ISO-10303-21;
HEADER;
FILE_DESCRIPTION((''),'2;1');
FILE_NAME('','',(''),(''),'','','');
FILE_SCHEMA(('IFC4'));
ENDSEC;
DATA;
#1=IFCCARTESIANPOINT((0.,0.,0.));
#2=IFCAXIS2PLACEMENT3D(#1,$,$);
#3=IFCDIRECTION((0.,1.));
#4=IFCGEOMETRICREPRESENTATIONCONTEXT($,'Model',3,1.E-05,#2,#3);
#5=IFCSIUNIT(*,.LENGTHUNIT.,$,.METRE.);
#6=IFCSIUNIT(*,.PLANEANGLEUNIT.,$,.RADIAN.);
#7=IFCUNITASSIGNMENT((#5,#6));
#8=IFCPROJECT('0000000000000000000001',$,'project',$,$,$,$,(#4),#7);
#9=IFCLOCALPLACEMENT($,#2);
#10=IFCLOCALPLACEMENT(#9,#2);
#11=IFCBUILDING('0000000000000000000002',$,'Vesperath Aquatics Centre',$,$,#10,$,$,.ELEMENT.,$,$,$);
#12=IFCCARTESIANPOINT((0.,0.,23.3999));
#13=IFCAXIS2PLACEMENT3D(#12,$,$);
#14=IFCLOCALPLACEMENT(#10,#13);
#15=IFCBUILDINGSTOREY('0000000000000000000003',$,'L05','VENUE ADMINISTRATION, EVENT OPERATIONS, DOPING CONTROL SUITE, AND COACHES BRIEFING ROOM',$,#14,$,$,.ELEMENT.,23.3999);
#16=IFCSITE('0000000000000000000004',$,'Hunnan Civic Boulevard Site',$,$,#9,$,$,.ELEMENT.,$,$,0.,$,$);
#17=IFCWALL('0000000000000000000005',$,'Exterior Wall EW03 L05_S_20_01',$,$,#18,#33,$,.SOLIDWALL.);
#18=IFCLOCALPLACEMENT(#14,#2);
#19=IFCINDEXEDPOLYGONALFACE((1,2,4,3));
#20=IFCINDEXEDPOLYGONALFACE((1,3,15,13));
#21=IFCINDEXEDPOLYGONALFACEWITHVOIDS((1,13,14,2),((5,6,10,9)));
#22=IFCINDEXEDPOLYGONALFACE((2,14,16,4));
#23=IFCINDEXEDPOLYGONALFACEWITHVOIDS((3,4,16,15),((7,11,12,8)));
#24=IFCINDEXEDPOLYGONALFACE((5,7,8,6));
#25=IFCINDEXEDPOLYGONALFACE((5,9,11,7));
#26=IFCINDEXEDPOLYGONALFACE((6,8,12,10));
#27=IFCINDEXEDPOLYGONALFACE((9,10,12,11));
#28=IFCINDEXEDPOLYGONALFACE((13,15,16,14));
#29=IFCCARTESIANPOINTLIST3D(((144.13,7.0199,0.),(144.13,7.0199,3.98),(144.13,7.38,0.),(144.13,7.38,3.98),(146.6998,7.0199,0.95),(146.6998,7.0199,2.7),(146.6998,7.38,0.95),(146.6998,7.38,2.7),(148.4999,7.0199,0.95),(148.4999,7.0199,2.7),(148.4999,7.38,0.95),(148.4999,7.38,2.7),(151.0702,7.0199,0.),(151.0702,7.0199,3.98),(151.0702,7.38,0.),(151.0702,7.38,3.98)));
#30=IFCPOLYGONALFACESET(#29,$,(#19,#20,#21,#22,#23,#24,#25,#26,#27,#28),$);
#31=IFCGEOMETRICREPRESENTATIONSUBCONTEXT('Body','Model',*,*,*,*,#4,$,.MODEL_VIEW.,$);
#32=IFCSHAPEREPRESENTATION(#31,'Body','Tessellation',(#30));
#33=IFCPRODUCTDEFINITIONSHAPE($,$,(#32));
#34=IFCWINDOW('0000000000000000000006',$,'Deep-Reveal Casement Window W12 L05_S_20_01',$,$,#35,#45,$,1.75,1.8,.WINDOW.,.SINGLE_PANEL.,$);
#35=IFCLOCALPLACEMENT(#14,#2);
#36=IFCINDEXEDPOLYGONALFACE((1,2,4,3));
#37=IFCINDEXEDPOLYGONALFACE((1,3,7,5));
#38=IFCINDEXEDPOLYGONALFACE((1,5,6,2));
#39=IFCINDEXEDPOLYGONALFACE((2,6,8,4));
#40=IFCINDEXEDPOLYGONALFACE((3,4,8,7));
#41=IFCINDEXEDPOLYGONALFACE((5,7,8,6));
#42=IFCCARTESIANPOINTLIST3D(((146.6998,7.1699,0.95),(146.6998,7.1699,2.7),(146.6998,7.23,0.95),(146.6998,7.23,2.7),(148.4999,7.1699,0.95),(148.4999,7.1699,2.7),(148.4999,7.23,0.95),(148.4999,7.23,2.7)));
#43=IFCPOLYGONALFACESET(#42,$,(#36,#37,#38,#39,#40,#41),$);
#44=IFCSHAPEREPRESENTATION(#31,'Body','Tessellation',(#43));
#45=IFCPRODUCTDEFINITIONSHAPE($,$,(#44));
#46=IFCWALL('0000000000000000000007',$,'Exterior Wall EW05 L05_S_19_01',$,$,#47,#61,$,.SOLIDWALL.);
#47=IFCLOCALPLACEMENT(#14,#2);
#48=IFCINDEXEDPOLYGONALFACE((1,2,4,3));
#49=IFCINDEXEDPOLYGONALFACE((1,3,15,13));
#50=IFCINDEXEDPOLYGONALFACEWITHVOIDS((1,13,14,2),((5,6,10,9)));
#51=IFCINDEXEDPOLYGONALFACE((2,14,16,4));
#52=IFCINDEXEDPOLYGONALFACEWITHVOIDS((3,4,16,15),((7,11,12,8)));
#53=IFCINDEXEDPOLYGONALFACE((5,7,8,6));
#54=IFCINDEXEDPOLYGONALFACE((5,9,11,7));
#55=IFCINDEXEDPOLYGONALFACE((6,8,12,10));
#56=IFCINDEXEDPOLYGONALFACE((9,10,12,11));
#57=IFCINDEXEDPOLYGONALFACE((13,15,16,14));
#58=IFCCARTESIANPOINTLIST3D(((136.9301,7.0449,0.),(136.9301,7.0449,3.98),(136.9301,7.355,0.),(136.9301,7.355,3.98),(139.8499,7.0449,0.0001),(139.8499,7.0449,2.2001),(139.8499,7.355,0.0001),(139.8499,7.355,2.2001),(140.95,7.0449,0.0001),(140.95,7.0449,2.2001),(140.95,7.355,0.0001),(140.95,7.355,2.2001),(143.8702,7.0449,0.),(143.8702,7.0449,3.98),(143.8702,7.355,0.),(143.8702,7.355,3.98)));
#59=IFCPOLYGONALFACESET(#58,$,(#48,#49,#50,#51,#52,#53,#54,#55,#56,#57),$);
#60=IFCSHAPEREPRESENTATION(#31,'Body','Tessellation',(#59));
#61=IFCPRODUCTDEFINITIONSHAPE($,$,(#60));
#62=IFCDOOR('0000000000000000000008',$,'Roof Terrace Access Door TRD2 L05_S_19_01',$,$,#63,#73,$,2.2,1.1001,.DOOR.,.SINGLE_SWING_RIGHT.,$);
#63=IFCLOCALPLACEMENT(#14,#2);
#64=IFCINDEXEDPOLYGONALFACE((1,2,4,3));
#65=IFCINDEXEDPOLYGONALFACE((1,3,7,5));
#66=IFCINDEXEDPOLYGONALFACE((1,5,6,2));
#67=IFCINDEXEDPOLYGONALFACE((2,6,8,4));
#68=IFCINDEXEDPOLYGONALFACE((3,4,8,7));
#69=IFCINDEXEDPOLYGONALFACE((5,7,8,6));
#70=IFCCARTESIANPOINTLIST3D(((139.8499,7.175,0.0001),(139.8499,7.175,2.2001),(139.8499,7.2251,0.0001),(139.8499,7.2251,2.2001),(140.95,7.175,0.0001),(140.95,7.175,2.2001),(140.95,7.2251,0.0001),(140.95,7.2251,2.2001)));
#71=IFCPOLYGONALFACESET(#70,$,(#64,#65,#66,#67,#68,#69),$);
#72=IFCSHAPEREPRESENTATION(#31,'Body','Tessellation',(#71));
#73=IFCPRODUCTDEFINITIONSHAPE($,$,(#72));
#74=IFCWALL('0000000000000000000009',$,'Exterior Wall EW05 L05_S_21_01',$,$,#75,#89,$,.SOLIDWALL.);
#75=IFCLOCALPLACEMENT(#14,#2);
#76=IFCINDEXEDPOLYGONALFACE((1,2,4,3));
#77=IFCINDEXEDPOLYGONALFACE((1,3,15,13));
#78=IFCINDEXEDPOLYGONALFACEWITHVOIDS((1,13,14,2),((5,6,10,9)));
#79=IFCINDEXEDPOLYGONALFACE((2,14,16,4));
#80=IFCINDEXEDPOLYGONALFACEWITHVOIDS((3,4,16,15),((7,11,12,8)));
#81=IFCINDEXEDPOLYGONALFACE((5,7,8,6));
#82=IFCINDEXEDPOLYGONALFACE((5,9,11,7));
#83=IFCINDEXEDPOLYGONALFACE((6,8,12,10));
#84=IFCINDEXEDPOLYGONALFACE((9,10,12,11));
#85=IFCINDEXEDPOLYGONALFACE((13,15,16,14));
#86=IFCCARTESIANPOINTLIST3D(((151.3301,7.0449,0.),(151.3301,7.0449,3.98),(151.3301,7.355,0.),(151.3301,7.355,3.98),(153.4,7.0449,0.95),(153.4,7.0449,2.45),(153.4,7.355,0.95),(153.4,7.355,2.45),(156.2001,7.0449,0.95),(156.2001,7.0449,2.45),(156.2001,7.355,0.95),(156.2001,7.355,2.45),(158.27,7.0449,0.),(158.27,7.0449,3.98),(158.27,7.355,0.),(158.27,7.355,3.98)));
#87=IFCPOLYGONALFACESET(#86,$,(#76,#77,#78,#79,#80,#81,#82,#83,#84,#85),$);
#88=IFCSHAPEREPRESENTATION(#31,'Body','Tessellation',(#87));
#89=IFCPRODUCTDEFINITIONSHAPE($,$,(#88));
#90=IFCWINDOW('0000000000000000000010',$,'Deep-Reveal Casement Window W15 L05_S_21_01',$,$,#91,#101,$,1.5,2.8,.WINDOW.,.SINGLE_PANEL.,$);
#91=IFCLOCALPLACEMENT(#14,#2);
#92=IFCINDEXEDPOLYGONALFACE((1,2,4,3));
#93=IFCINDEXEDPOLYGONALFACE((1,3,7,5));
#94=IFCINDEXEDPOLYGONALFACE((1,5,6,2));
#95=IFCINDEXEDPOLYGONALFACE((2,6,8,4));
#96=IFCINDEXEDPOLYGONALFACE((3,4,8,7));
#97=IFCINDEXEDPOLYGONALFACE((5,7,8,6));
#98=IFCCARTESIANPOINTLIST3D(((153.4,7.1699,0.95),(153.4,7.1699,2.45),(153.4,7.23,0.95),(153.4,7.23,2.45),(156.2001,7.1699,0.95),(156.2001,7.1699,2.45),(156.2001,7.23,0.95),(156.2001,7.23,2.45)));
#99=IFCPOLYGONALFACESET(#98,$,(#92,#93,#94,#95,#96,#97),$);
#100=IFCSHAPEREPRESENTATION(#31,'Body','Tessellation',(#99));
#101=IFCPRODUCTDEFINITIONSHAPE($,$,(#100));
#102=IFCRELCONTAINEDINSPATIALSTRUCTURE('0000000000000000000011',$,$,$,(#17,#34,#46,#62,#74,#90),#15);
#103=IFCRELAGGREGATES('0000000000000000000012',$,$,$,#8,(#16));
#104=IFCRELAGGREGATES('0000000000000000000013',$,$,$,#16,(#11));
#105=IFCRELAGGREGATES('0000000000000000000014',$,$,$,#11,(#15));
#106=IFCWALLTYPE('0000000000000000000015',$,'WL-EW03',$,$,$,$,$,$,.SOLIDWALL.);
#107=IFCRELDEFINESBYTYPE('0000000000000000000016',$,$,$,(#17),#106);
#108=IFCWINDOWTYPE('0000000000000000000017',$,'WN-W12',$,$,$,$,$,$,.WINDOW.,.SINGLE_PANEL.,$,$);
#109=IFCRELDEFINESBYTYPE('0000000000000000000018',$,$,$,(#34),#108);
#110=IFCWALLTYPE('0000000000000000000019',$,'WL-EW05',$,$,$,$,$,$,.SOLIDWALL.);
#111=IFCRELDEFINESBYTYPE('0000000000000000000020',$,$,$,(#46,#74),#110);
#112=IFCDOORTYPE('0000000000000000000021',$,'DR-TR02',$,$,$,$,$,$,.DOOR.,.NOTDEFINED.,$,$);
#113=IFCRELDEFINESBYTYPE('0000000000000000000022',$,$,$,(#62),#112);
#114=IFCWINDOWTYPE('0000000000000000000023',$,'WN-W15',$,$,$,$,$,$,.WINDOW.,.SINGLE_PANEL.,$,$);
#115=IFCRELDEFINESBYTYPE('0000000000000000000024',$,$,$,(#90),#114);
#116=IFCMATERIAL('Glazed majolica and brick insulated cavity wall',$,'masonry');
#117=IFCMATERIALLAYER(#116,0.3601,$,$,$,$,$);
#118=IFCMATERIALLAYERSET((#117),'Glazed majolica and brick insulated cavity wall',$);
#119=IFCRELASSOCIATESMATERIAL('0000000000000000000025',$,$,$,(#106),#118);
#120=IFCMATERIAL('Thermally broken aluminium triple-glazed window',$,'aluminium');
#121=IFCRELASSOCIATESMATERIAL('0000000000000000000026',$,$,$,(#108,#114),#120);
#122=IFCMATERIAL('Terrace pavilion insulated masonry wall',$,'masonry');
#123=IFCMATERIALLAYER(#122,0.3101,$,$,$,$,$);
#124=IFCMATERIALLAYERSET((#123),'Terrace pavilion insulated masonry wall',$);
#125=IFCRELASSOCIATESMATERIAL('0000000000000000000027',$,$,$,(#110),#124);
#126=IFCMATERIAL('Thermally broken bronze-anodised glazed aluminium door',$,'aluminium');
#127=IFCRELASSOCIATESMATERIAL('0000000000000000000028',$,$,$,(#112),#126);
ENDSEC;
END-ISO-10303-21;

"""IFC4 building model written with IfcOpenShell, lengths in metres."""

from ifc_helpers import new_model, si_unit, direction, frame, frame_2d, origin, place, context, subcontext, project, spatial, rectangle, extrude, material, layer, layer_set, type_object, element, fill, save


model = new_model("IFC4")

# Units and contexts
model_context = context("Model", 3, precision=1e-05, world=origin(), true_north=direction((0.0, 1.0)))
body_context = subcontext(model_context, "Body", "Model", "MODEL_VIEW")
ifc_project = project(units=[si_unit("LENGTHUNIT", "METRE"), si_unit("PLANEANGLEUNIT", "RADIAN")], contexts=[model_context])

# Site, building, storey
site_placement = place(None, origin())
site = spatial("IfcSite", under=ifc_project, at=site_placement, Name="Hunnan Civic Boulevard Site", CompositionType="ELEMENT", RefElevation=0.0)
building_placement = place(site_placement, origin())
building = spatial("IfcBuilding", under=site, at=building_placement, Name="Vesperath Aquatics Centre", CompositionType="ELEMENT")
storey_placement = place(building_placement, frame((0.0, 0.0, 23.3999)))
storey = spatial("IfcBuildingStorey", under=building, at=storey_placement, Name="L05", Description="VENUE ADMINISTRATION, EVENT OPERATIONS, DOPING CONTROL SUITE, AND COACHES BRIEFING ROOM", CompositionType="ELEMENT", Elevation=23.3999)

# Wall, opening, window
ifc_material_1 = material(Name="Glazed majolica and brick insulated cavity wall", Category="masonry")
ifc_layer_1 = layer(ifc_material_1, 0.3601)
ifc_layer_set_1 = layer_set([ifc_layer_1], Name="Glazed majolica and brick insulated cavity wall")
wall_type_1 = type_object("IfcWallType", Name="WL-EW03", PredefinedType="SOLIDWALL", material=ifc_layer_set_1)
wall_1_placement = place(storey_placement, frame((144.1299, 7.2, 0.0), z_axis=(0.0, 0.0, 1.0), x_axis=(1.0, 0.0, 0.0)))
wall_1 = element("IfcWall", 1, at=wall_1_placement, inside=storey, type_object=wall_type_1, Name="Exterior Wall EW03 L05_S_20_01", PredefinedType="SOLIDWALL", context=body_context, shape_type="SweptSolid", body=[
    extrude(rectangle(XDim=6.9402, YDim=0.3601, at=frame_2d((3.4702, 0.0))), origin(), (0.0, 0.0, 1.0), 3.98),
])
opening_1_placement = place(wall_1_placement, frame((2.5701, 0.0, 0.95)))
opening_1 = element("IfcOpeningElement", 2, at=opening_1_placement, cuts=wall_1, PredefinedType="OPENING", context=body_context, shape_type="SweptSolid", body=[
    extrude(rectangle(XDim=1.8, YDim=1.75, at=frame_2d((0.8999, 0.875))), frame((0.0, 0.1948, 0.0), z_axis=(0.0, -1.0, 0.0), x_axis=(1.0, 0.0, 0.0)), (0.0, 0.0, 1.0), 0.3899),
])
ifc_material_2 = material(Name="Thermally broken aluminium triple-glazed window", Category="aluminium")
window_type_1 = type_object("IfcWindowType", Name="WN-W12", PartitioningType="SINGLE_PANEL", PredefinedType="WINDOW", material=ifc_material_2)
window_1_placement = place(opening_1_placement, origin())
window_1 = element("IfcWindow", 3, at=window_1_placement, inside=storey, type_object=window_type_1, Name="Deep-Reveal Casement Window W12 L05_S_20_01", OverallHeight=1.75, OverallWidth=1.8, PartitioningType="SINGLE_PANEL", PredefinedType="WINDOW", context=body_context, shape_type="SweptSolid", body=[
    extrude(rectangle(XDim=1.8, YDim=1.75, at=frame_2d((0.8999, 0.875))), frame((0.0, 0.03, 0.0), z_axis=(0.0, -1.0, 0.0), x_axis=(1.0, 0.0, 0.0)), (0.0, 0.0, 1.0), 0.0601),
])
fill(opening_1, window_1)

# Wall, opening, door
ifc_material_3 = material(Name="Terrace pavilion insulated masonry wall", Category="masonry")
ifc_layer_2 = layer(ifc_material_3, 0.3101)
ifc_layer_set_2 = layer_set([ifc_layer_2], Name="Terrace pavilion insulated masonry wall")
wall_type_2 = type_object("IfcWallType", Name="WL-EW05", PredefinedType="SOLIDWALL", material=ifc_layer_set_2)
wall_2_placement = place(storey_placement, frame((136.9299, 7.2, 0.0), z_axis=(0.0, 0.0, 1.0), x_axis=(1.0, 0.0, 0.0)))
wall_2 = element("IfcWall", 4, at=wall_2_placement, inside=storey, type_object=wall_type_2, Name="Exterior Wall EW05 L05_S_19_01", PredefinedType="SOLIDWALL", context=body_context, shape_type="SweptSolid", body=[
    extrude(rectangle(XDim=6.9402, YDim=0.3101, at=frame_2d((3.4702, 0.0))), origin(), (0.0, 0.0, 1.0), 3.98),
])
opening_2_placement = place(wall_2_placement, frame((2.9199, 0.0, 0.0)))
opening_2 = element("IfcOpeningElement", 5, at=opening_2_placement, cuts=wall_2, PredefinedType="OPENING", context=body_context, shape_type="SweptSolid", body=[
    extrude(rectangle(XDim=1.1001, YDim=2.2, at=frame_2d((0.55, 1.1001))), frame((0.0, 0.1699, 0.0), z_axis=(0.0, -1.0, 0.0), x_axis=(1.0, 0.0, 0.0)), (0.0, 0.0, 1.0), 0.3398),
])
ifc_material_4 = material(Name="Thermally broken bronze-anodised glazed aluminium door", Category="aluminium")
door_type = type_object("IfcDoorType", Name="DR-TR02", OperationType="NOTDEFINED", PredefinedType="DOOR", material=ifc_material_4)
door_placement = place(opening_2_placement, frame((1.1001, 0.0, 0.0), z_axis=(0.0, 0.0, 1.0), x_axis=(-1.0, 0.0, 0.0)))
door = element("IfcDoor", 6, at=door_placement, inside=storey, type_object=door_type, Name="Roof Terrace Access Door TRD2 L05_S_19_01", OperationType="SINGLE_SWING_RIGHT", OverallHeight=2.2, OverallWidth=1.1001, PredefinedType="DOOR", context=body_context, shape_type="SweptSolid", body=[
    extrude(rectangle(XDim=1.1001, YDim=2.2, at=frame_2d((0.55, 1.1001))), frame((0.0, 0.0249, 0.0), z_axis=(0.0, -1.0, 0.0), x_axis=(1.0, 0.0, 0.0)), (0.0, 0.0, 1.0), 0.05),
])
fill(opening_2, door)

# Wall, opening, window
wall_3_placement = place(storey_placement, frame((151.3301, 7.2, 0.0), z_axis=(0.0, 0.0, 1.0), x_axis=(1.0, 0.0, 0.0)))
wall_3 = element("IfcWall", 7, at=wall_3_placement, inside=storey, type_object=wall_type_2, Name="Exterior Wall EW05 L05_S_21_01", PredefinedType="SOLIDWALL", context=body_context, shape_type="SweptSolid", body=[
    extrude(rectangle(XDim=6.9399, YDim=0.3101, at=frame_2d((3.47, 0.0))), origin(), (0.0, 0.0, 1.0), 3.98),
])
opening_3_placement = place(wall_3_placement, frame((2.0701, 0.0, 0.95)))
opening_3 = element("IfcOpeningElement", 8, at=opening_3_placement, cuts=wall_3, PredefinedType="OPENING", context=body_context, shape_type="SweptSolid", body=[
    extrude(rectangle(XDim=2.8, YDim=1.5, at=frame_2d((1.3999, 0.75))), frame((0.0, 0.1699, 0.0), z_axis=(0.0, -1.0, 0.0), x_axis=(1.0, 0.0, 0.0)), (0.0, 0.0, 1.0), 0.3398),
])
window_type_2 = type_object("IfcWindowType", Name="WN-W15", PartitioningType="SINGLE_PANEL", PredefinedType="WINDOW", material=ifc_material_2)
window_2_placement = place(opening_3_placement, origin())
window_2 = element("IfcWindow", 9, at=window_2_placement, inside=storey, type_object=window_type_2, Name="Deep-Reveal Casement Window W15 L05_S_21_01", OverallHeight=1.5, OverallWidth=2.8, PartitioningType="SINGLE_PANEL", PredefinedType="WINDOW", context=body_context, shape_type="SweptSolid", body=[
    extrude(rectangle(XDim=2.8, YDim=1.5, at=frame_2d((1.3999, 0.75))), frame((0.0, 0.03, 0.0), z_axis=(0.0, -1.0, 0.0), x_axis=(1.0, 0.0, 0.0)), (0.0, 0.0, 1.0), 0.0601),
])
fill(opening_3, window_2)

save(model, "model.ifc")
